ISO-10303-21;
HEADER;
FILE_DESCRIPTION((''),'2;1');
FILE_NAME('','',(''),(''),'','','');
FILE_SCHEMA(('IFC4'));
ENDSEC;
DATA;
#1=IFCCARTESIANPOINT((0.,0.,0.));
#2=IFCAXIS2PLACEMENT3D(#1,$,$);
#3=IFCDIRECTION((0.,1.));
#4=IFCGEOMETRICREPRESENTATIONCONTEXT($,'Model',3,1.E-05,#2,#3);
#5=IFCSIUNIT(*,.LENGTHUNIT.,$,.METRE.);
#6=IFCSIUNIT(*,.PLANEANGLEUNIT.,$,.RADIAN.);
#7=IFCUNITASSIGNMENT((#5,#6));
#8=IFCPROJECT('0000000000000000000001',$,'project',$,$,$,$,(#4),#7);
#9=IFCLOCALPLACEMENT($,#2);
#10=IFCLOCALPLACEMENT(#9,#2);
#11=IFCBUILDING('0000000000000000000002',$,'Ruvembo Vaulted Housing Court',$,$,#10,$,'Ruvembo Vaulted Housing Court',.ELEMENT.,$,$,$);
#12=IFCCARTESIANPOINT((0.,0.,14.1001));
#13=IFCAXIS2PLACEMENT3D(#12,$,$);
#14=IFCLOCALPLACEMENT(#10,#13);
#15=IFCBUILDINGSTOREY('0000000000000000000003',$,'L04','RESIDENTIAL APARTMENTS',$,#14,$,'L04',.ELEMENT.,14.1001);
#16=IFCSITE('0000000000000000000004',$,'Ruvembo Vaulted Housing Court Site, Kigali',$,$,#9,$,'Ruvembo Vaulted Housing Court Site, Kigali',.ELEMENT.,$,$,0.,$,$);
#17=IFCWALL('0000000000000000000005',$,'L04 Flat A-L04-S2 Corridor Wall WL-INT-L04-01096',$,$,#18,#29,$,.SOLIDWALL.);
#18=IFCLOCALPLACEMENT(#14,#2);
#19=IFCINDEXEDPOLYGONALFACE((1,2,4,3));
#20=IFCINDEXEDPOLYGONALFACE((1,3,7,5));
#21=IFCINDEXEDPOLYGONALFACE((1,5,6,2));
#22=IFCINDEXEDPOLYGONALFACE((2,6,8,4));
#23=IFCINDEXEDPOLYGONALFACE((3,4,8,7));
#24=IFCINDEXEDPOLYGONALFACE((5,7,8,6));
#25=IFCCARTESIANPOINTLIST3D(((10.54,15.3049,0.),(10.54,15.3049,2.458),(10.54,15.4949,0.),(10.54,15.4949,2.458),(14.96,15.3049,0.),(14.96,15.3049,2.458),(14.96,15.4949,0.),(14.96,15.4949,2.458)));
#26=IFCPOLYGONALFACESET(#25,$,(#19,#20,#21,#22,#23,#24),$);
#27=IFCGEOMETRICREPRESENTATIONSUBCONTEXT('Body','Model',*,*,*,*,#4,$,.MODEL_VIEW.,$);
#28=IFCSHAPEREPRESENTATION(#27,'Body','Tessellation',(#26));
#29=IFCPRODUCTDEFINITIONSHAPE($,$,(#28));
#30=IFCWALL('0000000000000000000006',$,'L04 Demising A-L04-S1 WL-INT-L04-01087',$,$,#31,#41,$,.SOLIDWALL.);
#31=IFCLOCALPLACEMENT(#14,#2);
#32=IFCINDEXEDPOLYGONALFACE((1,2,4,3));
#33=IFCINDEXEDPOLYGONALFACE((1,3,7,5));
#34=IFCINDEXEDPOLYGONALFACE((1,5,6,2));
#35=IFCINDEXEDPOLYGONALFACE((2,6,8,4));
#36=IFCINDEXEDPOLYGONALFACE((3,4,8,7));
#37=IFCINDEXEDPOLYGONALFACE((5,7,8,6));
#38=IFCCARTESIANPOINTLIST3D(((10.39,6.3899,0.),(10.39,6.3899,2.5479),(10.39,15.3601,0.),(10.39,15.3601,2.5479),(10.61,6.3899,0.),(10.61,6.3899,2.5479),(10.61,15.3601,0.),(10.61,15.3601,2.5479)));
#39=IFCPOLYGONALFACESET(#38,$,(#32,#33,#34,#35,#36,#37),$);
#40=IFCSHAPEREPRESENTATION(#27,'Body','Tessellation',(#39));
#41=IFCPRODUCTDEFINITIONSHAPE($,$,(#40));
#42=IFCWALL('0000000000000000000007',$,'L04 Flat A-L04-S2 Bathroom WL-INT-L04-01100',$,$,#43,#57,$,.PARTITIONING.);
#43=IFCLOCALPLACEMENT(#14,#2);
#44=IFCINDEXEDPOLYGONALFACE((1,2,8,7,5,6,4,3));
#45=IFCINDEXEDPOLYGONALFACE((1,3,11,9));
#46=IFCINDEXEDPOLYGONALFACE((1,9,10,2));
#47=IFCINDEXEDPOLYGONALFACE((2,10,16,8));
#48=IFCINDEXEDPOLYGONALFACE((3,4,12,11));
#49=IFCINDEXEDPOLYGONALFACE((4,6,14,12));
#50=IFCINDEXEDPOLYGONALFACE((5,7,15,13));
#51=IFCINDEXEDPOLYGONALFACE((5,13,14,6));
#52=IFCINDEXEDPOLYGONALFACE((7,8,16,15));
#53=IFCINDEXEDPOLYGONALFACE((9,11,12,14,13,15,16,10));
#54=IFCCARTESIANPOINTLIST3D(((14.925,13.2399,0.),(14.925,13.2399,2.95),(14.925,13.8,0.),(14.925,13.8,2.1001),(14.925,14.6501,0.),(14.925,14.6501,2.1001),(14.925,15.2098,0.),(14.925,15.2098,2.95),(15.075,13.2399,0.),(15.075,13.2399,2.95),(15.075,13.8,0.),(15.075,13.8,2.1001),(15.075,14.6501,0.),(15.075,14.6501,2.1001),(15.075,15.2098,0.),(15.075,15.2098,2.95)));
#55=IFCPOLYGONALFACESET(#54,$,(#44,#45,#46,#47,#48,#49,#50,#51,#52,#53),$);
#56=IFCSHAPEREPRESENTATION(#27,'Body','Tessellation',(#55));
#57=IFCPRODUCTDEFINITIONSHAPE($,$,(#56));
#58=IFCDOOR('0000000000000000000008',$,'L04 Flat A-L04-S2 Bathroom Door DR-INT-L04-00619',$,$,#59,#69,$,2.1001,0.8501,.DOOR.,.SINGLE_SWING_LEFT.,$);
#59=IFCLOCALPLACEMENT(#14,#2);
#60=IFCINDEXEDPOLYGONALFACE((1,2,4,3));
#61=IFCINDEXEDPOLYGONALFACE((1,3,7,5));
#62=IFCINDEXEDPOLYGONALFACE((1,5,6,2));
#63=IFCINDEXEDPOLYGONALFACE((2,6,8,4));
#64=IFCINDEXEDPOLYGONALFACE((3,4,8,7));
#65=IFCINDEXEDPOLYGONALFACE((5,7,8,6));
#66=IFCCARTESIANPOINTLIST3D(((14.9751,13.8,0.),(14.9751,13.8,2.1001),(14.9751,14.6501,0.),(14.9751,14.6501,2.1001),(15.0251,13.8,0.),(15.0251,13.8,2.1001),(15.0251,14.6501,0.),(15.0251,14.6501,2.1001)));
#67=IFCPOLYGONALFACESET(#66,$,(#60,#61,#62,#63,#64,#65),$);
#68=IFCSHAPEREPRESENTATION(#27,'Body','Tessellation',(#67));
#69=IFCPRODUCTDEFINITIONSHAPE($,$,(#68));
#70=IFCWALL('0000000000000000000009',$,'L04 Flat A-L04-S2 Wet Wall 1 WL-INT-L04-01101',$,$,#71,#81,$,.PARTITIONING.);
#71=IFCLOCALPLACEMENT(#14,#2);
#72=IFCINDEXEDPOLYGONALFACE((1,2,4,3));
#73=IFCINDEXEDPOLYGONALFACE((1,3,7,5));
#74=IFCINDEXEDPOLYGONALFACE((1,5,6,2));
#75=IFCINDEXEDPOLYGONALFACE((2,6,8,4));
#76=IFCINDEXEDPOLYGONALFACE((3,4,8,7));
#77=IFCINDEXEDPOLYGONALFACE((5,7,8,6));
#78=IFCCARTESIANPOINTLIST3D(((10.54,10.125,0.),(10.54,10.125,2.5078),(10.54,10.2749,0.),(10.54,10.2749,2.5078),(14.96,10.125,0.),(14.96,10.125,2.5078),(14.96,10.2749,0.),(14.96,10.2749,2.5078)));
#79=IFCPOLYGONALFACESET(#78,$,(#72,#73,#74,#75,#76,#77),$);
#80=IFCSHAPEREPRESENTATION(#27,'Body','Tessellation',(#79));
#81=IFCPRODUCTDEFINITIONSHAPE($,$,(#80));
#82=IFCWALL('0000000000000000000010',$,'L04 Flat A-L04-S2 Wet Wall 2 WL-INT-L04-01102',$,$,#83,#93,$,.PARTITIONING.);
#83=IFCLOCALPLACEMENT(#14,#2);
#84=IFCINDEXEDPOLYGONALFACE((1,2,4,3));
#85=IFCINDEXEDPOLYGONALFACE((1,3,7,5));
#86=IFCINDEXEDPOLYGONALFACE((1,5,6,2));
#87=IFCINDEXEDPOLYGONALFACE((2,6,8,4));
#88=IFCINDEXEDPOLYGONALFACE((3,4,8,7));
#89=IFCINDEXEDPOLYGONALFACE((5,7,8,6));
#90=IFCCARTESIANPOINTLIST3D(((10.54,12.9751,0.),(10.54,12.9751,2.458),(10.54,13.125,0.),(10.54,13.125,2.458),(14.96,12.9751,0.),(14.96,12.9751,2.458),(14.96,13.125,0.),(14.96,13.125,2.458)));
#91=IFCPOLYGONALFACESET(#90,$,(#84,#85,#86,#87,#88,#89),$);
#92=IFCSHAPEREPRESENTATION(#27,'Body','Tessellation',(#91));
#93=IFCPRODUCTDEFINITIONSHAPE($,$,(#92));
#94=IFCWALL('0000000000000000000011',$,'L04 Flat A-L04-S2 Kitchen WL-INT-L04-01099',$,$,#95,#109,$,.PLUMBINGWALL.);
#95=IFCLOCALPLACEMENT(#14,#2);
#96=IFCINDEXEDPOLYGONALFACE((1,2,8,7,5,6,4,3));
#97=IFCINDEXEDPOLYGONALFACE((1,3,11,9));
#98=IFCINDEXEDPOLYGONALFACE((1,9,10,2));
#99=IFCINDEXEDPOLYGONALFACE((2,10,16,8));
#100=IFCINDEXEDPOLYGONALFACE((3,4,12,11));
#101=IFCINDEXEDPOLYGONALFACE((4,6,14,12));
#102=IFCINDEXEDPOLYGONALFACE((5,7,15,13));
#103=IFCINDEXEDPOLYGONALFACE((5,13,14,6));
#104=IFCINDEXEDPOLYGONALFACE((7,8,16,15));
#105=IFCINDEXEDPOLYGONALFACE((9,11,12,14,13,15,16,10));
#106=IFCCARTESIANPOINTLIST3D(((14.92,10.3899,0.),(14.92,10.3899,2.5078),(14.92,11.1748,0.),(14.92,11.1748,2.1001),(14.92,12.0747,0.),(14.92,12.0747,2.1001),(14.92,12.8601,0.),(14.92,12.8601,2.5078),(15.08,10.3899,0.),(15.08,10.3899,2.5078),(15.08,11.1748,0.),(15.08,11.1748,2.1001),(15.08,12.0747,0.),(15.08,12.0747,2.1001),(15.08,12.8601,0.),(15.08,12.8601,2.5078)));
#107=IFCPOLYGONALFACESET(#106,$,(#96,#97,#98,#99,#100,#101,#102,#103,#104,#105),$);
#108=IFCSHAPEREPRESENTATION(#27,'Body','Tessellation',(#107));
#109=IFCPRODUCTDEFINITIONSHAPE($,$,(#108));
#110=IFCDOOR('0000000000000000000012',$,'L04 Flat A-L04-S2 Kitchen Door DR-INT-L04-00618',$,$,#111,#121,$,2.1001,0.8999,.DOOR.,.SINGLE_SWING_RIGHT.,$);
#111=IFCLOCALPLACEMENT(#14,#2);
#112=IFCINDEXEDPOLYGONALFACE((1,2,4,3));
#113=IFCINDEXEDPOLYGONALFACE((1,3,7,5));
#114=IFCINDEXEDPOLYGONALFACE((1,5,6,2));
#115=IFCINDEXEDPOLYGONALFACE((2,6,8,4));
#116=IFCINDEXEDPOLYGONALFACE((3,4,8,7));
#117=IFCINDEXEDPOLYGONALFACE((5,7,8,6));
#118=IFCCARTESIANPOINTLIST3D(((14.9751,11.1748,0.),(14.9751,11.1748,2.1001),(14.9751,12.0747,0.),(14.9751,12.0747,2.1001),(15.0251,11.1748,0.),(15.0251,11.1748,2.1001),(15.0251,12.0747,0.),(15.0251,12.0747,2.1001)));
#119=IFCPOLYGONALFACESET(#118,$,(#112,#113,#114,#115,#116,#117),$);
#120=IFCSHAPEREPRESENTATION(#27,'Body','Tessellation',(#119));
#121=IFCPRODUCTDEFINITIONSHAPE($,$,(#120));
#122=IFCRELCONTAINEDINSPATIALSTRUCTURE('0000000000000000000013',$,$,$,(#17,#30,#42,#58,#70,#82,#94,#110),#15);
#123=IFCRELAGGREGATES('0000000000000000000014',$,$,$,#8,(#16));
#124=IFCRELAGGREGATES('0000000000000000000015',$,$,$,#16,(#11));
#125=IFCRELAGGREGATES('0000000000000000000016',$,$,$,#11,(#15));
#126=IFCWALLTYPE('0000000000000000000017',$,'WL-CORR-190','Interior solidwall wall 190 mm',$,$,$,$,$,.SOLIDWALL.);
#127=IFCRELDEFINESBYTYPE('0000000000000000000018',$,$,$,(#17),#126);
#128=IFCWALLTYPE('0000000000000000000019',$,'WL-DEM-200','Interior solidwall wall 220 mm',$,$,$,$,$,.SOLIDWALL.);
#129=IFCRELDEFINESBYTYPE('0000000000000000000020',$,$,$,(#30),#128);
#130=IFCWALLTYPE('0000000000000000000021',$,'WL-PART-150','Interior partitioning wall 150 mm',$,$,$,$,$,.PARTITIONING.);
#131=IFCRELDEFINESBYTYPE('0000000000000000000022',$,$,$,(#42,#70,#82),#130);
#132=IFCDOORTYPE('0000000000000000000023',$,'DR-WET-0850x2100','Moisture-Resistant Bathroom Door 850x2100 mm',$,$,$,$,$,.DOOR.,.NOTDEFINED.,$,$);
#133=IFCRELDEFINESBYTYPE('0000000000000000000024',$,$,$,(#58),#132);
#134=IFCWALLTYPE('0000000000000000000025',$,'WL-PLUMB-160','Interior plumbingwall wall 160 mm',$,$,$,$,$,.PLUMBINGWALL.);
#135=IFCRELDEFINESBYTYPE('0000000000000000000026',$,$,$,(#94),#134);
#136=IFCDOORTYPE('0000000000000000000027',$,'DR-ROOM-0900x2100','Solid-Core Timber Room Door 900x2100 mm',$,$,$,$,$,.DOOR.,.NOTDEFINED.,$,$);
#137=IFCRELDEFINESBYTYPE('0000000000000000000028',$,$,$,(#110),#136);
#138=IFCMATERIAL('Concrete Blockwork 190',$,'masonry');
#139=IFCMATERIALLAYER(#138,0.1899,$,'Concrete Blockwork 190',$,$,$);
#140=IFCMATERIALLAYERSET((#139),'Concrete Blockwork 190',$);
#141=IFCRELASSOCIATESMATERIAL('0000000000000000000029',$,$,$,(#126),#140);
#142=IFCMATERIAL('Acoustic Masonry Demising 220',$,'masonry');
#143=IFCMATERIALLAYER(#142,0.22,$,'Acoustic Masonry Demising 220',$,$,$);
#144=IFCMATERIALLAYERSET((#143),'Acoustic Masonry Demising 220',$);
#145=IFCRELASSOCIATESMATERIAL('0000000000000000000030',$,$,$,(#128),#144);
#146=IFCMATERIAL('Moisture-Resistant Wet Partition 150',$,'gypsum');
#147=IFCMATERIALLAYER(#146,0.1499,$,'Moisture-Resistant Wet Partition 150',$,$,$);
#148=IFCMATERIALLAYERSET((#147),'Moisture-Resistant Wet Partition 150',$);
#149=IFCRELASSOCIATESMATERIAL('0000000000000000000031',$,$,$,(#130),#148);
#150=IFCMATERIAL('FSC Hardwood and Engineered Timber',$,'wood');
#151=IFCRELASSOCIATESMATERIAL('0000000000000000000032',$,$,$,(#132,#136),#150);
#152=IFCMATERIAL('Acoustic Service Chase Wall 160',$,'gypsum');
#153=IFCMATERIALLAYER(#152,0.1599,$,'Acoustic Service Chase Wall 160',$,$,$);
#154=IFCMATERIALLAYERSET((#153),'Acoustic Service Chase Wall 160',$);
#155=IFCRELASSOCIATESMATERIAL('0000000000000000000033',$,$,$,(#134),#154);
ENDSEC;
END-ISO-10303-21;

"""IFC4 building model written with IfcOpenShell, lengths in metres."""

from ifc_helpers import new_model, si_unit, direction, frame, frame_2d, origin, place, context, subcontext, project, spatial, rectangle, extrude, material, layer, layer_set, type_object, element, fill, save


model = new_model("IFC4")

# Units and contexts
model_context = context("Model", 3, precision=1e-05, world=origin(), true_north=direction((0.0, 1.0)))
body_context = subcontext(model_context, "Body", "Model", "MODEL_VIEW")
ifc_project = project(units=[si_unit("LENGTHUNIT", "METRE"), si_unit("PLANEANGLEUNIT", "RADIAN")], contexts=[model_context])

# Site, building, storey
site_placement = place(None, origin())
site = spatial("IfcSite", under=ifc_project, at=site_placement, Name="Ruvembo Vaulted Housing Court Site, Kigali", LongName="Ruvembo Vaulted Housing Court Site, Kigali", CompositionType="ELEMENT", RefElevation=0.0)
building_placement = place(site_placement, origin())
building = spatial("IfcBuilding", under=site, at=building_placement, Name="Ruvembo Vaulted Housing Court", LongName="Ruvembo Vaulted Housing Court", CompositionType="ELEMENT")
storey_placement = place(building_placement, frame((0.0, 0.0, 14.1001)))
storey = spatial("IfcBuildingStorey", under=building, at=storey_placement, Name="L04", Description="RESIDENTIAL APARTMENTS", LongName="L04", CompositionType="ELEMENT", Elevation=14.1001)

# Wall
ifc_material_1 = material(Name="Concrete Blockwork 190", Category="masonry")
ifc_layer_1 = layer(ifc_material_1, 0.1899, Name="Concrete Blockwork 190")
ifc_layer_set_1 = layer_set([ifc_layer_1], Name="Concrete Blockwork 190")
wall_type_1 = type_object("IfcWallType", Name="WL-CORR-190", Description="Interior solidwall wall 190 mm", PredefinedType="SOLIDWALL", material=ifc_layer_set_1)
wall_1_placement = place(storey_placement, frame((10.54, 15.3999, 0.0), z_axis=(0.0, 0.0, 1.0), x_axis=(1.0, 0.0, 0.0)))
element("IfcWall", 1, at=wall_1_placement, inside=storey, type_object=wall_type_1, Name="L04 Flat A-L04-S2 Corridor Wall WL-INT-L04-01096", PredefinedType="SOLIDWALL", context=body_context, shape_type="SweptSolid", body=[
    extrude(rectangle(XDim=4.4199, YDim=0.1899, at=frame_2d((2.21, 0.0))), origin(), (0.0, 0.0, 1.0), 2.458),
])

# Shared definitions
ifc_material_2 = material(Name="FSC Hardwood and Engineered Timber", Category="wood")

# Wall
ifc_material_3 = material(Name="Acoustic Masonry Demising 220", Category="masonry")
ifc_layer_2 = layer(ifc_material_3, 0.22, Name="Acoustic Masonry Demising 220")
ifc_layer_set_2 = layer_set([ifc_layer_2], Name="Acoustic Masonry Demising 220")
wall_type_2 = type_object("IfcWallType", Name="WL-DEM-200", Description="Interior solidwall wall 220 mm", PredefinedType="SOLIDWALL", material=ifc_layer_set_2)
wall_2_placement = place(storey_placement, frame((10.5, 6.3899, 0.0), z_axis=(0.0, 0.0, 1.0), x_axis=(0.0, 1.0, 0.0)))
element("IfcWall", 2, at=wall_2_placement, inside=storey, type_object=wall_type_2, Name="L04 Demising A-L04-S1 WL-INT-L04-01087", PredefinedType="SOLIDWALL", context=body_context, shape_type="SweptSolid", body=[
    extrude(rectangle(XDim=8.9702, YDim=0.22, at=frame_2d((4.4851, 0.0))), origin(), (0.0, 0.0, 1.0), 2.5479),
])

# Wall, opening, door
ifc_material_4 = material(Name="Moisture-Resistant Wet Partition 150", Category="gypsum")
ifc_layer_3 = layer(ifc_material_4, 0.1499, Name="Moisture-Resistant Wet Partition 150")
ifc_layer_set_3 = layer_set([ifc_layer_3], Name="Moisture-Resistant Wet Partition 150")
wall_type_3 = type_object("IfcWallType", Name="WL-PART-150", Description="Interior partitioning wall 150 mm", PredefinedType="PARTITIONING", material=ifc_layer_set_3)
wall_3_placement = place(storey_placement, frame((15.0, 13.24, 0.0), z_axis=(0.0, 0.0, 1.0), x_axis=(0.0, 1.0, 0.0)))
wall_3 = element("IfcWall", 3, at=wall_3_placement, inside=storey, type_object=wall_type_3, Name="L04 Flat A-L04-S2 Bathroom WL-INT-L04-01100", PredefinedType="PARTITIONING", context=body_context, shape_type="SweptSolid", body=[
    extrude(rectangle(XDim=1.97, YDim=0.1499, at=frame_2d((0.9849, 0.0))), origin(), (0.0, 0.0, 1.0), 2.95),
])
opening_1_placement = place(wall_3_placement, frame((0.5601, 0.0, 0.0)))
opening_1 = element("IfcOpeningElement", 4, at=opening_1_placement, cuts=wall_3, PredefinedType="OPENING", context=body_context, shape_type="SweptSolid", body=[
    extrude(rectangle(XDim=0.8501, YDim=2.1001, at=frame_2d((0.425, 1.05))), frame((0.0, 0.085, 0.0), z_axis=(0.0, -1.0, 0.0), x_axis=(1.0, 0.0, 0.0)), (0.0, 0.0, 1.0), 0.1699),
])
door_type_1 = type_object("IfcDoorType", Name="DR-WET-0850x2100", Description="Moisture-Resistant Bathroom Door 850x2100 mm", OperationType="NOTDEFINED", PredefinedType="DOOR", material=ifc_material_2)
door_1_placement = place(opening_1_placement, origin())
door_1 = element("IfcDoor", 5, at=door_1_placement, inside=storey, type_object=door_type_1, Name="L04 Flat A-L04-S2 Bathroom Door DR-INT-L04-00619", OperationType="SINGLE_SWING_LEFT", OverallHeight=2.1001, OverallWidth=0.8501, PredefinedType="DOOR", context=body_context, shape_type="SweptSolid", body=[
    extrude(rectangle(XDim=0.8501, YDim=2.1001, at=frame_2d((0.425, 1.05))), frame((0.0, 0.0249, 0.0), z_axis=(0.0, -1.0, 0.0), x_axis=(1.0, 0.0, 0.0)), (0.0, 0.0, 1.0), 0.05),
])
fill(opening_1, door_1)

# Walls
wall_4_placement = place(storey_placement, frame((10.54, 10.2, 0.0), z_axis=(0.0, 0.0, 1.0), x_axis=(1.0, 0.0, 0.0)))
element("IfcWall", 6, at=wall_4_placement, inside=storey, type_object=wall_type_3, Name="L04 Flat A-L04-S2 Wet Wall 1 WL-INT-L04-01101", PredefinedType="PARTITIONING", context=body_context, shape_type="SweptSolid", body=[
    extrude(rectangle(XDim=4.4199, YDim=0.1499, at=frame_2d((2.21, 0.0))), origin(), (0.0, 0.0, 1.0), 2.5078),
])
wall_5_placement = place(storey_placement, frame((10.54, 13.05, 0.0), z_axis=(0.0, 0.0, 1.0), x_axis=(1.0, 0.0, 0.0)))
element("IfcWall", 7, at=wall_5_placement, inside=storey, type_object=wall_type_3, Name="L04 Flat A-L04-S2 Wet Wall 2 WL-INT-L04-01102", PredefinedType="PARTITIONING", context=body_context, shape_type="SweptSolid", body=[
    extrude(rectangle(XDim=4.4199, YDim=0.1499, at=frame_2d((2.21, 0.0))), origin(), (0.0, 0.0, 1.0), 2.458),
])

# Wall, opening, door
ifc_material_5 = material(Name="Acoustic Service Chase Wall 160", Category="gypsum")
ifc_layer_4 = layer(ifc_material_5, 0.1599, Name="Acoustic Service Chase Wall 160")
ifc_layer_set_4 = layer_set([ifc_layer_4], Name="Acoustic Service Chase Wall 160")
wall_type_4 = type_object("IfcWallType", Name="WL-PLUMB-160", Description="Interior plumbingwall wall 160 mm", PredefinedType="PLUMBINGWALL", material=ifc_layer_set_4)
wall_6_placement = place(storey_placement, frame((15.0, 10.3899, 0.0), z_axis=(0.0, 0.0, 1.0), x_axis=(0.0, 1.0, 0.0)))
wall_6 = element("IfcWall", 8, at=wall_6_placement, inside=storey, type_object=wall_type_4, Name="L04 Flat A-L04-S2 Kitchen WL-INT-L04-01099", PredefinedType="PLUMBINGWALL", context=body_context, shape_type="SweptSolid", body=[
    extrude(rectangle(XDim=2.4702, YDim=0.1599, at=frame_2d((1.2351, 0.0))), origin(), (0.0, 0.0, 1.0), 2.5078),
])
opening_2_placement = place(wall_6_placement, frame((0.7849, 0.0, 0.0)))
opening_2 = element("IfcOpeningElement", 9, at=opening_2_placement, cuts=wall_6, PredefinedType="OPENING", context=body_context, shape_type="SweptSolid", body=[
    extrude(rectangle(XDim=0.8999, YDim=2.1001, at=frame_2d((0.45, 1.05))), frame((0.0, 0.0898, 0.0), z_axis=(0.0, -1.0, 0.0), x_axis=(1.0, 0.0, 0.0)), (0.0, 0.0, 1.0), 0.1799),
])
door_type_2 = type_object("IfcDoorType", Name="DR-ROOM-0900x2100", Description="Solid-Core Timber Room Door 900x2100 mm", OperationType="NOTDEFINED", PredefinedType="DOOR", material=ifc_material_2)
door_2_placement = place(opening_2_placement, origin())
door_2 = element("IfcDoor", 10, at=door_2_placement, inside=storey, type_object=door_type_2, Name="L04 Flat A-L04-S2 Kitchen Door DR-INT-L04-00618", OperationType="SINGLE_SWING_RIGHT", OverallHeight=2.1001, OverallWidth=0.8999, PredefinedType="DOOR", context=body_context, shape_type="SweptSolid", body=[
    extrude(rectangle(XDim=0.8999, YDim=2.1001, at=frame_2d((0.45, 1.05))), frame((0.0, 0.0249, 0.0), z_axis=(0.0, -1.0, 0.0), x_axis=(1.0, 0.0, 0.0)), (0.0, 0.0, 1.0), 0.05),
])
fill(opening_2, door_2)

save(model, "model.ifc")
